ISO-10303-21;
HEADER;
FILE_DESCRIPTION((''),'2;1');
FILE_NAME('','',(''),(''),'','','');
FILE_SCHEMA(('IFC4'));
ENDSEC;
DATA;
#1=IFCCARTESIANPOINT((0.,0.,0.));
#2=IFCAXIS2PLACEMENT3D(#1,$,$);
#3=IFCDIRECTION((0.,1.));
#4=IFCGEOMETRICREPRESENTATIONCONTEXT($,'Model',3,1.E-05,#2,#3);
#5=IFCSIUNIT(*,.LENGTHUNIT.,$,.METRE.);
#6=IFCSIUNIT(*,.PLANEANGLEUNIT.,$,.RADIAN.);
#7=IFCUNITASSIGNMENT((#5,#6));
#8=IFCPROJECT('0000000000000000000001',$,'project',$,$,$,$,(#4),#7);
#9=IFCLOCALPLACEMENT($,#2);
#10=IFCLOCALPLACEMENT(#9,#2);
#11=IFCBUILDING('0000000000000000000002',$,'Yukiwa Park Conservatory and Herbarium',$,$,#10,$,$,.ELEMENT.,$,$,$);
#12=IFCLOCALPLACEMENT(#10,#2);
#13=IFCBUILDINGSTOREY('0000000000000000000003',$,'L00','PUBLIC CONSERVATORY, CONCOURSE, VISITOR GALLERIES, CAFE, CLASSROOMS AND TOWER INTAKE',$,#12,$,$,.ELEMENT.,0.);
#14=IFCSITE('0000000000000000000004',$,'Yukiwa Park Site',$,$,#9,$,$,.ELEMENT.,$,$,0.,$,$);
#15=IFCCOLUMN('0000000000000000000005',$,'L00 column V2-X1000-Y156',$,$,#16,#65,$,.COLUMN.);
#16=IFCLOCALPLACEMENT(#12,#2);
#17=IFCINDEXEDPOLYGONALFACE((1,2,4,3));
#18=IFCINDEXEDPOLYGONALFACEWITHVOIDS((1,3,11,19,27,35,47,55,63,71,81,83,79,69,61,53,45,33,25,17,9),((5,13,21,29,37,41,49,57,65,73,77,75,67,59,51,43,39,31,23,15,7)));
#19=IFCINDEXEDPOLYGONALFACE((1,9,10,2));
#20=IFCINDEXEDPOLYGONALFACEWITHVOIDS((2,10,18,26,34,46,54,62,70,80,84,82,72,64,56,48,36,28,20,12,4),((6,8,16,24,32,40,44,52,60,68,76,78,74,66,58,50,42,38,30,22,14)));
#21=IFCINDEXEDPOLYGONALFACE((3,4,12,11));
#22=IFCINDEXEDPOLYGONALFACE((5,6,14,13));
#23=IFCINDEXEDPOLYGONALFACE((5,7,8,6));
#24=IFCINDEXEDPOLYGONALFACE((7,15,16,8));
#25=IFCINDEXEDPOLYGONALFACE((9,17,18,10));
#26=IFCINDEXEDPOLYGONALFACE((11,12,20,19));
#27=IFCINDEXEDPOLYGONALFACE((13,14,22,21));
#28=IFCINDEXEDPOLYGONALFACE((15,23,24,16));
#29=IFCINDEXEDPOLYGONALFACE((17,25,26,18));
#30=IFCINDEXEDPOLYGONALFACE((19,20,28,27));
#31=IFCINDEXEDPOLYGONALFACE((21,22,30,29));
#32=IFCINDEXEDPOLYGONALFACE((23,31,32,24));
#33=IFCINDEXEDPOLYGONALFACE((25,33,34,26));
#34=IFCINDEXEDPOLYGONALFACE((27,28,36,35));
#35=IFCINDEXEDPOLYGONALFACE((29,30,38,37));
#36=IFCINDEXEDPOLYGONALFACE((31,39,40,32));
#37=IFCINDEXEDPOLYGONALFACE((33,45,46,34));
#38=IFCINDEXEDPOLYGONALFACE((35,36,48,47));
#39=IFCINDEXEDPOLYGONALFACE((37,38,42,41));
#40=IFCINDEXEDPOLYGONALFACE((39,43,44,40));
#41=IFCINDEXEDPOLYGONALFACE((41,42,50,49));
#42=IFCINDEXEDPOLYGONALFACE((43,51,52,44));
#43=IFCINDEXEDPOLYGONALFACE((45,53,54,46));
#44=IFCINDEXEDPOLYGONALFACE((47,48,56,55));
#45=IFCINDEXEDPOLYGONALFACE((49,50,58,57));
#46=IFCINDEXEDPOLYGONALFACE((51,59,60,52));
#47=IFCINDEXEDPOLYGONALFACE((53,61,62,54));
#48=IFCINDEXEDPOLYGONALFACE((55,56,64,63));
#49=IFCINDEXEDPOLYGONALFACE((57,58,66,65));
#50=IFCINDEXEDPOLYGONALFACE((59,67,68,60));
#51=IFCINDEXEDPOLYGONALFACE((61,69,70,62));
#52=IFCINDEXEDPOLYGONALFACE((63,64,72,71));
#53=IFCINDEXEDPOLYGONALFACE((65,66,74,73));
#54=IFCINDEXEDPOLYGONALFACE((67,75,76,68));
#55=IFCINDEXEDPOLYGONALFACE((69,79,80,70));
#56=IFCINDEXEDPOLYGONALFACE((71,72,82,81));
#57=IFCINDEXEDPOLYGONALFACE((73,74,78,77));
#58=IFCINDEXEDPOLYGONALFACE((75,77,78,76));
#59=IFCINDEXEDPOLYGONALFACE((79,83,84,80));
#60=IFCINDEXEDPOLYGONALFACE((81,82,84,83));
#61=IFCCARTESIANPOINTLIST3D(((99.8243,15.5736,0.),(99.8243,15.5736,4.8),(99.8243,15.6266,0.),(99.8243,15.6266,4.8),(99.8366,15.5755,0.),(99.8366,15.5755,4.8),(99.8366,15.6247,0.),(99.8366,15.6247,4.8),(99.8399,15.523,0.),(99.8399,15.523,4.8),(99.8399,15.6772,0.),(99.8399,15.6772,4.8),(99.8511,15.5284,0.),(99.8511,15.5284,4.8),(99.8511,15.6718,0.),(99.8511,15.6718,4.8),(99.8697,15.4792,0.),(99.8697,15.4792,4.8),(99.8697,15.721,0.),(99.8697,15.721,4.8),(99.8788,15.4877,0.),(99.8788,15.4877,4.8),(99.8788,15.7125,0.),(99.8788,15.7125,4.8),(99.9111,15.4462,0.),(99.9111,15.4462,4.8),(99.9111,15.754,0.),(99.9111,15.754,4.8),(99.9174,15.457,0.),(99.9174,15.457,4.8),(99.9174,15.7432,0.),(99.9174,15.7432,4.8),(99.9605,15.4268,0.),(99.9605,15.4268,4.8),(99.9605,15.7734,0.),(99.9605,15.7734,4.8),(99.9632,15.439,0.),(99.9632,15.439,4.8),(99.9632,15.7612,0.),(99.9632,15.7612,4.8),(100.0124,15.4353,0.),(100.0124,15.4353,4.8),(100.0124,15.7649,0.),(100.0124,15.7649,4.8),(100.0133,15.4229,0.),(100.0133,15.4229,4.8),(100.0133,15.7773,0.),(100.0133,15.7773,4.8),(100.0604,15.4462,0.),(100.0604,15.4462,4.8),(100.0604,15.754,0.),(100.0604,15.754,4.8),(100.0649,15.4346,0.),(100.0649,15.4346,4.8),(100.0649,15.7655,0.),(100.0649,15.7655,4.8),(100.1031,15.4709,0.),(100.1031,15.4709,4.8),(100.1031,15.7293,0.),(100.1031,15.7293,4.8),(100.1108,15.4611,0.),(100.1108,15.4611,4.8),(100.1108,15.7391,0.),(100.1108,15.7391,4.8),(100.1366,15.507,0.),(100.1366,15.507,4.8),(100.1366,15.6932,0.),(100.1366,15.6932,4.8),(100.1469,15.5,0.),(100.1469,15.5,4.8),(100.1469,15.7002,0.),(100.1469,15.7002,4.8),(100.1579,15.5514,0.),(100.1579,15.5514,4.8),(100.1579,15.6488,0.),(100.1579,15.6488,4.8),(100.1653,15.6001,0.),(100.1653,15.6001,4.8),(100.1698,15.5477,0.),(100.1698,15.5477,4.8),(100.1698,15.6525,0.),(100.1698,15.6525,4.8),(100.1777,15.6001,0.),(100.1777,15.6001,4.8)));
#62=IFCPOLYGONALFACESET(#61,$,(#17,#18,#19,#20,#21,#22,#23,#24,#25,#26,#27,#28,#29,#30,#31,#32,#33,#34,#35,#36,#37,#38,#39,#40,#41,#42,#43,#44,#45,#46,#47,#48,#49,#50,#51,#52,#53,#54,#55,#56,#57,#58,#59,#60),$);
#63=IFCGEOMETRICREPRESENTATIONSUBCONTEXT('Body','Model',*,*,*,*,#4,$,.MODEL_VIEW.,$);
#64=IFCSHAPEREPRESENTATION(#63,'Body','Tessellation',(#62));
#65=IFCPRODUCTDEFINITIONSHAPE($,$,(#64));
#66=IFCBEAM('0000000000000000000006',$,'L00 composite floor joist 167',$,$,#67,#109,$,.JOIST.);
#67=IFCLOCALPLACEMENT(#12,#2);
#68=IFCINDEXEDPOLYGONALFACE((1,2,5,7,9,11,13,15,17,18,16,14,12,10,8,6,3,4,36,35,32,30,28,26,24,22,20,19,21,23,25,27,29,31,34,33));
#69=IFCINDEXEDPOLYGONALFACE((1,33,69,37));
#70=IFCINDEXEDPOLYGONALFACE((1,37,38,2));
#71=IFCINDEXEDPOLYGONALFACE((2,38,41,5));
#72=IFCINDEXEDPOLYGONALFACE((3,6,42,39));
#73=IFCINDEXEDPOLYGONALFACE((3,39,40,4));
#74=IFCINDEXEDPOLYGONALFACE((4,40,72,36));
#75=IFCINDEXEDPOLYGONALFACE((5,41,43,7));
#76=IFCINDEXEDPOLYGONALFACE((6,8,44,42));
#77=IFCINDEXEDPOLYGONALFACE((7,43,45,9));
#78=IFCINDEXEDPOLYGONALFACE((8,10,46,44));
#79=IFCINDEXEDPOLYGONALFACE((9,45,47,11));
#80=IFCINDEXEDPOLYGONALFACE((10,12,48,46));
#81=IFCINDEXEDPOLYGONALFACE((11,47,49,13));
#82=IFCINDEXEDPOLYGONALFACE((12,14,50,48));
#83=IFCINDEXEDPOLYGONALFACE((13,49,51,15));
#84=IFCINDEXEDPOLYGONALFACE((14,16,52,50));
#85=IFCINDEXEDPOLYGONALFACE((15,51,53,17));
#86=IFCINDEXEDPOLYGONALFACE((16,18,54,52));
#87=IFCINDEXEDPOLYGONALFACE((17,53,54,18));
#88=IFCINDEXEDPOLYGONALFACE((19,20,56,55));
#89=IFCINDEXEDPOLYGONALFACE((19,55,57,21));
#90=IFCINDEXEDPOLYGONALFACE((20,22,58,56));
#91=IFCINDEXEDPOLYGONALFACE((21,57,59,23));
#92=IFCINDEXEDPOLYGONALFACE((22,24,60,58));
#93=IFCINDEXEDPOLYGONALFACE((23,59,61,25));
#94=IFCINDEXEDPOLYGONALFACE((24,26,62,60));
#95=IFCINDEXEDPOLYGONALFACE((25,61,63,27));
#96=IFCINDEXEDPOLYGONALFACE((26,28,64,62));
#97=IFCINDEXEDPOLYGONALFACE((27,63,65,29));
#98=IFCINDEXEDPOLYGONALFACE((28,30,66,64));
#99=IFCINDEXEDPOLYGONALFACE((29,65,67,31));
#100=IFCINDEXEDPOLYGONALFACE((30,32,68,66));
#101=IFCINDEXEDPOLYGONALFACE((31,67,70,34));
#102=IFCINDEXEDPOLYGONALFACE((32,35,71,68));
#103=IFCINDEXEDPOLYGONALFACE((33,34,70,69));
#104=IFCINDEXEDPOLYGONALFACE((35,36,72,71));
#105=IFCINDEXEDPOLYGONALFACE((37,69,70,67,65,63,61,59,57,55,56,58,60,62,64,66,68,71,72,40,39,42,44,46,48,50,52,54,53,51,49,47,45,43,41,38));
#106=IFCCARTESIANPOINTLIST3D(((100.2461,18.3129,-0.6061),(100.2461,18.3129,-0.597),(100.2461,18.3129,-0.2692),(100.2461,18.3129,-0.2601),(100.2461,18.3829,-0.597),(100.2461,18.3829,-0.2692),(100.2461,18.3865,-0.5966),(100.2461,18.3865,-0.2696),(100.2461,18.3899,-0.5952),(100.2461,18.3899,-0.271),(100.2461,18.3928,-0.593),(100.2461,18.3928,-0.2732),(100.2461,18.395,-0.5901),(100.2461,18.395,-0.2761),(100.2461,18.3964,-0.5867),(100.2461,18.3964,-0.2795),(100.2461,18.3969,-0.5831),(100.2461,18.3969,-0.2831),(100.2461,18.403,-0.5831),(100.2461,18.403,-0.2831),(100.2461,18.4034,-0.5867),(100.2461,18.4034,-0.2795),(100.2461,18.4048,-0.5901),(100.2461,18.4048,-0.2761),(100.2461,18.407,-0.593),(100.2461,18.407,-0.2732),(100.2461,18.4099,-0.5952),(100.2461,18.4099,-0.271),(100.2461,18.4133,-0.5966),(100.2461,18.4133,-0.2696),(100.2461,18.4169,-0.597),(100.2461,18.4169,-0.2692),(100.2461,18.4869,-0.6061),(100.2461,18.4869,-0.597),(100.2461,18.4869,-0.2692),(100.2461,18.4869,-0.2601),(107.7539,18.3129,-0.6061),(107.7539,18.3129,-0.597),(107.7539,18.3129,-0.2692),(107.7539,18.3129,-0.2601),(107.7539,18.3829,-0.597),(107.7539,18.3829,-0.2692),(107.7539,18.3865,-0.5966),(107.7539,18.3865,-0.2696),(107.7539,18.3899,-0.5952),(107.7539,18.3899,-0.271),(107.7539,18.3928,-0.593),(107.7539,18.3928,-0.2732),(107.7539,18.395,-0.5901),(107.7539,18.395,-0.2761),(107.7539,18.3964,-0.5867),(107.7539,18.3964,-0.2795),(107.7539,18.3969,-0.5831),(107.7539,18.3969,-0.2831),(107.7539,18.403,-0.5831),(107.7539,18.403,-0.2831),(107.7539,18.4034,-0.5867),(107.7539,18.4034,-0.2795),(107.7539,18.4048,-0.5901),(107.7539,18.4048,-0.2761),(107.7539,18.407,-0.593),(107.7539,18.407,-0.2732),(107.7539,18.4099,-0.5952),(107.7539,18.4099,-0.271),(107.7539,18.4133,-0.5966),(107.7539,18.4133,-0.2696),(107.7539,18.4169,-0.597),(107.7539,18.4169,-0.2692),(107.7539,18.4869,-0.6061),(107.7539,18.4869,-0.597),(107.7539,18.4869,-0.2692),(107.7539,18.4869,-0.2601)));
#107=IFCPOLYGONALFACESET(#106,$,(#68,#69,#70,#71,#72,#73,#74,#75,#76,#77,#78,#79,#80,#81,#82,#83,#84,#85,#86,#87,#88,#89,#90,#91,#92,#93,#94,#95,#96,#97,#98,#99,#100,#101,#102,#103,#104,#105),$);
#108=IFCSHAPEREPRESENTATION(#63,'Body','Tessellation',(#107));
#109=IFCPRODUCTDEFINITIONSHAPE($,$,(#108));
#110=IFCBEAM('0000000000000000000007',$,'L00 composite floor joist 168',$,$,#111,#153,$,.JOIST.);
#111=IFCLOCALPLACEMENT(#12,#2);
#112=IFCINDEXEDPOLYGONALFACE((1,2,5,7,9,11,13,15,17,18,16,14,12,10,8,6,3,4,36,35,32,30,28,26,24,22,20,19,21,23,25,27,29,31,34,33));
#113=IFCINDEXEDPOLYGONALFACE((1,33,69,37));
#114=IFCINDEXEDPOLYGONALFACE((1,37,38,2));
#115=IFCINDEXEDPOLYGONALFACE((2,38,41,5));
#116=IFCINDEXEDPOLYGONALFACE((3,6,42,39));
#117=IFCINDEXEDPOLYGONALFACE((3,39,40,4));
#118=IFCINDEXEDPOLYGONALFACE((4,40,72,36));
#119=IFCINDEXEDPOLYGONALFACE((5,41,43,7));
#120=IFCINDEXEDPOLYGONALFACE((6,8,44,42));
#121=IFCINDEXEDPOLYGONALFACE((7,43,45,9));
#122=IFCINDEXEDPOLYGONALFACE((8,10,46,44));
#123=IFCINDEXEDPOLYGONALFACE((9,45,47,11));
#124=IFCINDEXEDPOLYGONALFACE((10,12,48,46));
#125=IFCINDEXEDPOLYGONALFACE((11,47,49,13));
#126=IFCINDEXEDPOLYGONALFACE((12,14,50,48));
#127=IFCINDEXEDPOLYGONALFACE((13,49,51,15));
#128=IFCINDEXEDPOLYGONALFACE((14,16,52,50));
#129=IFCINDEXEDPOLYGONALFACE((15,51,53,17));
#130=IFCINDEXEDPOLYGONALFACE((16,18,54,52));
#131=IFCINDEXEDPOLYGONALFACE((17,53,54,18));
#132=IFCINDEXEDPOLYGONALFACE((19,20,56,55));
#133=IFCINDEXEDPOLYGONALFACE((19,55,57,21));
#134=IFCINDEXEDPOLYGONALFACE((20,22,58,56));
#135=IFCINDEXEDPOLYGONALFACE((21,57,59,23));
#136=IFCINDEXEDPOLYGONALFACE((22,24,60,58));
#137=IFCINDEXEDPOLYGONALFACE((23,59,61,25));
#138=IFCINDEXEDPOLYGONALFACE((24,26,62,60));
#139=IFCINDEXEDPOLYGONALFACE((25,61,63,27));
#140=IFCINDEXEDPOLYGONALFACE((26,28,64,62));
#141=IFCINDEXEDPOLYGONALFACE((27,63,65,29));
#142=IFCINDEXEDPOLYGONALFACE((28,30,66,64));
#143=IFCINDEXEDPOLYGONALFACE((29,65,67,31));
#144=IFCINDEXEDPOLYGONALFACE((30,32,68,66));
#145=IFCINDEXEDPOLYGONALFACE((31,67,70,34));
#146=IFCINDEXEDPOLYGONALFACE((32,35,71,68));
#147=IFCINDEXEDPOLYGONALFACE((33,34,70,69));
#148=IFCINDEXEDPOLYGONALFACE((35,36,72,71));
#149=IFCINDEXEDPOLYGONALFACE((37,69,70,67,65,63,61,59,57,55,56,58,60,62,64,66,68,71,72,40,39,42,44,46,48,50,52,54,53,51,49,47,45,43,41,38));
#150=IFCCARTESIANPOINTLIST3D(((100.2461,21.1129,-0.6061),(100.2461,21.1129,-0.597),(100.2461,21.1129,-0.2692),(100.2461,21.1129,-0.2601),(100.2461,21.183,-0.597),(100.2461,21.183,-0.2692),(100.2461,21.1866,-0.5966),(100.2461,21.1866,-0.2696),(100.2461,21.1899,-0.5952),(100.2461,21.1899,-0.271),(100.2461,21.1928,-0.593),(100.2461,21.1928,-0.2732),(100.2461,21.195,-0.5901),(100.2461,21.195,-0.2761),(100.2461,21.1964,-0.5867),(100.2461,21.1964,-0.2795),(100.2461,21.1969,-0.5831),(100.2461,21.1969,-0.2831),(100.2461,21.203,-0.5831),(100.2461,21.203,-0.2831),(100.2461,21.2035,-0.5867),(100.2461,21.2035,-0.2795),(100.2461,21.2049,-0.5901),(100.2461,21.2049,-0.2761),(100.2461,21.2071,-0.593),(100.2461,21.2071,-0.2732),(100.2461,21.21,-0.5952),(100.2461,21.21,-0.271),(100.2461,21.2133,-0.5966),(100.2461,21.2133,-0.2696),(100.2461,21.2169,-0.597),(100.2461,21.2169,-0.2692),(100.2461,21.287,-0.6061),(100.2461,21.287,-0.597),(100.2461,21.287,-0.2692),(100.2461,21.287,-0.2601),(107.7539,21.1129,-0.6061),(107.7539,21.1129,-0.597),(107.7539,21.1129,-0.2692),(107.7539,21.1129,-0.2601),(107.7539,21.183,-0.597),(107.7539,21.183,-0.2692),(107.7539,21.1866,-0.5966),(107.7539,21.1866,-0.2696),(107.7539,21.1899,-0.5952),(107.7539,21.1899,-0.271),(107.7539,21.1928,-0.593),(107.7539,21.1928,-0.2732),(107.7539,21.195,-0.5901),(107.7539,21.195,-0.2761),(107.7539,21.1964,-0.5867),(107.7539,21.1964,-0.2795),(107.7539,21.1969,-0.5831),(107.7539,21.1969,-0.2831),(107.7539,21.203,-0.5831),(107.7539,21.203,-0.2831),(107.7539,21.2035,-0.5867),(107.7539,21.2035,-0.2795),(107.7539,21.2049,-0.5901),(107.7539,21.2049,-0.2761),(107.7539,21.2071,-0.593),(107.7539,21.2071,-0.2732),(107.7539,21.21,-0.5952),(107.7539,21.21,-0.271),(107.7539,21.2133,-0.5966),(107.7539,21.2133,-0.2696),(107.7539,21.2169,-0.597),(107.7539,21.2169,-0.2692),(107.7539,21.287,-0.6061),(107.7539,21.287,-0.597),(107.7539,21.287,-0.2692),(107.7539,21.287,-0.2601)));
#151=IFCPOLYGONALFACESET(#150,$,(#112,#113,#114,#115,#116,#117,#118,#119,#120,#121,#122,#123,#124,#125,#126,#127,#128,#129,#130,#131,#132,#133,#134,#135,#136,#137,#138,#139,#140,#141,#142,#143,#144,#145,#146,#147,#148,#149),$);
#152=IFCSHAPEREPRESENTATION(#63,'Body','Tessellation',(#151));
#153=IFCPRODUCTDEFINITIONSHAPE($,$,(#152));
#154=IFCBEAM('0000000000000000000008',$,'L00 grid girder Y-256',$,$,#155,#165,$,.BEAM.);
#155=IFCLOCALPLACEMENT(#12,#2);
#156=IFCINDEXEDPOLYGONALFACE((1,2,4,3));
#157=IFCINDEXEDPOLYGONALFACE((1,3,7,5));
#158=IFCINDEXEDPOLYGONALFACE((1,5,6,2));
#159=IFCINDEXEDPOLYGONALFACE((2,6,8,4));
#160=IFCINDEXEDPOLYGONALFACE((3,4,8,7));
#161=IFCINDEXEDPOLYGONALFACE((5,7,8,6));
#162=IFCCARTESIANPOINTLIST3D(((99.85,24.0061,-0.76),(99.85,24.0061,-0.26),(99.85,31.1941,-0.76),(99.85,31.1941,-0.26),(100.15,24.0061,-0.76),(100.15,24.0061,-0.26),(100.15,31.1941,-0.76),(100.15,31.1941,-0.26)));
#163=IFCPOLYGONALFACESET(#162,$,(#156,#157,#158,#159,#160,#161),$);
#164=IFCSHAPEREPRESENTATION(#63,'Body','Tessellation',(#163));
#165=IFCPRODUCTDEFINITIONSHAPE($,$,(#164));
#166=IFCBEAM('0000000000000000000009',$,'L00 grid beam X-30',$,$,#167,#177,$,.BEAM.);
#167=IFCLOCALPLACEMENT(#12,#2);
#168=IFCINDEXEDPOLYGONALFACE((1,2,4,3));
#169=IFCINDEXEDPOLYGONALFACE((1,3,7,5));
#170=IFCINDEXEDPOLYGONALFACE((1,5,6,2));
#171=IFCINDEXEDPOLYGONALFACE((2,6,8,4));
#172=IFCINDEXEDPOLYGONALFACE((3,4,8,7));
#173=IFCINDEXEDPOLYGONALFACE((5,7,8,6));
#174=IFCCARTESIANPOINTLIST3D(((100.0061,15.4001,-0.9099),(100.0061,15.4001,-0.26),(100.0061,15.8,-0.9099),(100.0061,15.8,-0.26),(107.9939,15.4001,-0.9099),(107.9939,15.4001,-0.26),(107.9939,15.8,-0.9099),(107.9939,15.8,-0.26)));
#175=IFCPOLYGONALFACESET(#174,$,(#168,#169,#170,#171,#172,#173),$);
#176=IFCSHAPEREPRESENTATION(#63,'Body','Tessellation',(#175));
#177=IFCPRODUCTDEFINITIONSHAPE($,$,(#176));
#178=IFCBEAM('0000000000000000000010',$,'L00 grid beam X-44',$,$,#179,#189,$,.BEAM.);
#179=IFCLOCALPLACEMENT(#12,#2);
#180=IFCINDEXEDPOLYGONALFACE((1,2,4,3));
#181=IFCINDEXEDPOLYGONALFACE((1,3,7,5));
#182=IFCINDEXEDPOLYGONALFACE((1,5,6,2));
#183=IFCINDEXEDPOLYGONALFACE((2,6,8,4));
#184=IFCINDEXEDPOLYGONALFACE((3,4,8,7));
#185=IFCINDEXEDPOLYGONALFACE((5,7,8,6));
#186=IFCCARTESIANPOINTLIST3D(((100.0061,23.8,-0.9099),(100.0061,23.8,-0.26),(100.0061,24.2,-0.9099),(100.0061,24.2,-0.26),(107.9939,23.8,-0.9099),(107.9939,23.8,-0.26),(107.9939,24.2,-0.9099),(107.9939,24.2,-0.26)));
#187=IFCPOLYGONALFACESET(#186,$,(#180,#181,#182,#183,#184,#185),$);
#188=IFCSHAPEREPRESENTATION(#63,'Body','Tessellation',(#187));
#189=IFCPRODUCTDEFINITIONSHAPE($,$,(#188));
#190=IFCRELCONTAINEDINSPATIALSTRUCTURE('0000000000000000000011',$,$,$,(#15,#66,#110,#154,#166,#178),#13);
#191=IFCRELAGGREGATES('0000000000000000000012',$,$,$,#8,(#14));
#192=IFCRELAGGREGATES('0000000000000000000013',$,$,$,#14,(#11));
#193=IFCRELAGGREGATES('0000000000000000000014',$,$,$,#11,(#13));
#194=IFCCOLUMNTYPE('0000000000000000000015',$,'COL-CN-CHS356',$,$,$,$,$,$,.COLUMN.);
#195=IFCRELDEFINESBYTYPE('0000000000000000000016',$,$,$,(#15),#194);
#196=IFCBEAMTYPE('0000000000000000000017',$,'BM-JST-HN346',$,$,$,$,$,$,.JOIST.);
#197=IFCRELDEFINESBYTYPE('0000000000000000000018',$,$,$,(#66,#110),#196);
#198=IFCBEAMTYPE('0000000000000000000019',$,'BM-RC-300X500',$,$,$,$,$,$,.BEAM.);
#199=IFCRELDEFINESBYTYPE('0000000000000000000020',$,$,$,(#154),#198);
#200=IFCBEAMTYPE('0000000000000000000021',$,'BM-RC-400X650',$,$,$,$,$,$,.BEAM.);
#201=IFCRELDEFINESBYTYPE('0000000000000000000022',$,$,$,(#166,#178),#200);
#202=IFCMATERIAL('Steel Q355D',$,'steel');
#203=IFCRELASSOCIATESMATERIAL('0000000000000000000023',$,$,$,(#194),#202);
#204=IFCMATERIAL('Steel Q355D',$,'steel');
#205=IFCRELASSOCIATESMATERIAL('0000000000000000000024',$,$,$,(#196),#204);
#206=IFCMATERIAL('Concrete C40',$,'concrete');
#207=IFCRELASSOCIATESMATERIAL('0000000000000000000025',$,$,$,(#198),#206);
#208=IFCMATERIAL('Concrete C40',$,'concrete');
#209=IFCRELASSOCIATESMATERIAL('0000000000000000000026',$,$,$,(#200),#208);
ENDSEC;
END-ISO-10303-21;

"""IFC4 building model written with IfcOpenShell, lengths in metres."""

from ifc_helpers import new_model, si_unit, direction, frame, origin, origin_2d, place, context, subcontext, project, spatial, rectangle, hollow_circle, i_section, extrude, material, material_profile, profile_set, type_object, element, save


model = new_model("IFC4")

# Units and contexts
model_context = context("Model", 3, precision=1e-05, world=origin(), true_north=direction((0.0, 1.0)))
body_context = subcontext(model_context, "Body", "Model", "MODEL_VIEW")
ifc_project = project(units=[si_unit("LENGTHUNIT", "METRE"), si_unit("PLANEANGLEUNIT", "RADIAN")], contexts=[model_context])

# Site, building, storey
site_placement = place(None, origin())
site = spatial("IfcSite", under=ifc_project, at=site_placement, Name="Yukiwa Park Site", CompositionType="ELEMENT", RefElevation=0.0)
building_placement = place(site_placement, origin())
building = spatial("IfcBuilding", under=site, at=building_placement, Name="Yukiwa Park Conservatory and Herbarium", CompositionType="ELEMENT")
storey_placement = place(building_placement, origin())
storey = spatial("IfcBuildingStorey", under=building, at=storey_placement, Name="L00", Description="PUBLIC CONSERVATORY, CONCOURSE, VISITOR GALLERIES, CAFE, CLASSROOMS AND TOWER INTAKE", CompositionType="ELEMENT", Elevation=0.0)

# Column
ifc_material_1 = material(Name="Steel Q355D", Category="steel")
ifc_material_profile_1 = material_profile(ifc_material_1, hollow_circle(Radius=0.1777, WallThickness=0.0125, at=origin_2d()), Name="CHS 355.6x12.5")
ifc_profile_set_1 = profile_set([ifc_material_profile_1], Name="Steel Q355D")
column_type = type_object("IfcColumnType", Name="COL-CN-CHS356", PredefinedType="COLUMN", material=ifc_profile_set_1)
column_placement = place(storey_placement, frame((100.0, 15.6001, 0.0), z_axis=(0.0, 0.0, 1.0), x_axis=(1.0, 0.0, 0.0)))
element("IfcColumn", 1, at=column_placement, inside=storey, type_object=column_type, Name="L00 column V2-X1000-Y156", PredefinedType="COLUMN", context=body_context, shape_type="SweptSolid", body=[
    extrude(hollow_circle(Radius=0.1777, WallThickness=0.0125, at=origin_2d()), origin(), (0.0, 0.0, 1.0), 4.8),
])

# Beams
ifc_material_2 = material(Name="Steel Q355D", Category="steel")
ifc_material_profile_2 = material_profile(ifc_material_2, i_section(OverallWidth=0.1741, OverallDepth=0.3459, WebThickness=0.0061, FlangeThickness=0.009, FilletRadius=0.0139, at=origin_2d()), Name="HN 346x174x6x9")
ifc_profile_set_2 = profile_set([ifc_material_profile_2], Name="Steel Q355D")
beam_type_1 = type_object("IfcBeamType", Name="BM-JST-HN346", PredefinedType="JOIST", material=ifc_profile_set_2)
for number, where, z_axis, x_axis, name in (
    (2, (100.2461, 18.3999, -0.4331), (1.0, 0.0, 0.0), (0.0, 1.0, 0.0), "L00 composite floor joist 167"),
    (3, (100.2461, 21.2, -0.4331), (1.0, 0.0, 0.0), (0.0, 1.0, 0.0), "L00 composite floor joist 168"),
):
    element("IfcBeam", number, at=place(storey_placement, frame(where, z_axis=z_axis, x_axis=x_axis)), inside=storey, type_object=beam_type_1, Name=name, PredefinedType="JOIST", context=body_context, shape_type="SweptSolid", body=[
        extrude(i_section(OverallWidth=0.1741, OverallDepth=0.3459, WebThickness=0.0061, FlangeThickness=0.009, FilletRadius=0.0139, at=origin_2d()), origin(), (0.0, 0.0, 1.0), 7.5078),
    ])
ifc_material_3 = material(Name="Concrete C40", Category="concrete")
ifc_material_profile_3 = material_profile(ifc_material_3, rectangle(XDim=0.3, YDim=0.5, at=origin_2d()), Name="RC 300x500")
ifc_profile_set_3 = profile_set([ifc_material_profile_3], Name="Concrete C40")
beam_type_2 = type_object("IfcBeamType", Name="BM-RC-300X500", PredefinedType="BEAM", material=ifc_profile_set_3)
beam_1_placement = place(storey_placement, frame((100.0, 24.0061, -0.51), z_axis=(0.0, 1.0, 0.0), x_axis=(-1.0, 0.0, 0.0)))
element("IfcBeam", 4, at=beam_1_placement, inside=storey, type_object=beam_type_2, Name="L00 grid girder Y-256", PredefinedType="BEAM", context=body_context, shape_type="SweptSolid", body=[
    extrude(rectangle(XDim=0.3, YDim=0.5, at=origin_2d()), origin(), (0.0, 0.0, 1.0), 7.188),
])
ifc_material_4 = material(Name="Concrete C40", Category="concrete")
ifc_material_profile_4 = material_profile(ifc_material_4, rectangle(XDim=0.3999, YDim=0.6499, at=origin_2d()), Name="RC 400x650")
ifc_profile_set_4 = profile_set([ifc_material_profile_4], Name="Concrete C40")
beam_type_3 = type_object("IfcBeamType", Name="BM-RC-400X650", PredefinedType="BEAM", material=ifc_profile_set_4)
for number, where, z_axis, x_axis, name in (
    (5, (100.0061, 15.6001, -0.585), (1.0, 0.0, 0.0), (0.0, 1.0, 0.0), "L00 grid beam X-30"),
    (6, (100.0061, 24.0, -0.585), (1.0, 0.0, 0.0), (0.0, 1.0, 0.0), "L00 grid beam X-44"),
):
    element("IfcBeam", number, at=place(storey_placement, frame(where, z_axis=z_axis, x_axis=x_axis)), inside=storey, type_object=beam_type_3, Name=name, PredefinedType="BEAM", context=body_context, shape_type="SweptSolid", body=[
        extrude(rectangle(XDim=0.3999, YDim=0.6499, at=origin_2d()), origin(), (0.0, 0.0, 1.0), 7.9878),
    ])

save(model, "model.ifc")
